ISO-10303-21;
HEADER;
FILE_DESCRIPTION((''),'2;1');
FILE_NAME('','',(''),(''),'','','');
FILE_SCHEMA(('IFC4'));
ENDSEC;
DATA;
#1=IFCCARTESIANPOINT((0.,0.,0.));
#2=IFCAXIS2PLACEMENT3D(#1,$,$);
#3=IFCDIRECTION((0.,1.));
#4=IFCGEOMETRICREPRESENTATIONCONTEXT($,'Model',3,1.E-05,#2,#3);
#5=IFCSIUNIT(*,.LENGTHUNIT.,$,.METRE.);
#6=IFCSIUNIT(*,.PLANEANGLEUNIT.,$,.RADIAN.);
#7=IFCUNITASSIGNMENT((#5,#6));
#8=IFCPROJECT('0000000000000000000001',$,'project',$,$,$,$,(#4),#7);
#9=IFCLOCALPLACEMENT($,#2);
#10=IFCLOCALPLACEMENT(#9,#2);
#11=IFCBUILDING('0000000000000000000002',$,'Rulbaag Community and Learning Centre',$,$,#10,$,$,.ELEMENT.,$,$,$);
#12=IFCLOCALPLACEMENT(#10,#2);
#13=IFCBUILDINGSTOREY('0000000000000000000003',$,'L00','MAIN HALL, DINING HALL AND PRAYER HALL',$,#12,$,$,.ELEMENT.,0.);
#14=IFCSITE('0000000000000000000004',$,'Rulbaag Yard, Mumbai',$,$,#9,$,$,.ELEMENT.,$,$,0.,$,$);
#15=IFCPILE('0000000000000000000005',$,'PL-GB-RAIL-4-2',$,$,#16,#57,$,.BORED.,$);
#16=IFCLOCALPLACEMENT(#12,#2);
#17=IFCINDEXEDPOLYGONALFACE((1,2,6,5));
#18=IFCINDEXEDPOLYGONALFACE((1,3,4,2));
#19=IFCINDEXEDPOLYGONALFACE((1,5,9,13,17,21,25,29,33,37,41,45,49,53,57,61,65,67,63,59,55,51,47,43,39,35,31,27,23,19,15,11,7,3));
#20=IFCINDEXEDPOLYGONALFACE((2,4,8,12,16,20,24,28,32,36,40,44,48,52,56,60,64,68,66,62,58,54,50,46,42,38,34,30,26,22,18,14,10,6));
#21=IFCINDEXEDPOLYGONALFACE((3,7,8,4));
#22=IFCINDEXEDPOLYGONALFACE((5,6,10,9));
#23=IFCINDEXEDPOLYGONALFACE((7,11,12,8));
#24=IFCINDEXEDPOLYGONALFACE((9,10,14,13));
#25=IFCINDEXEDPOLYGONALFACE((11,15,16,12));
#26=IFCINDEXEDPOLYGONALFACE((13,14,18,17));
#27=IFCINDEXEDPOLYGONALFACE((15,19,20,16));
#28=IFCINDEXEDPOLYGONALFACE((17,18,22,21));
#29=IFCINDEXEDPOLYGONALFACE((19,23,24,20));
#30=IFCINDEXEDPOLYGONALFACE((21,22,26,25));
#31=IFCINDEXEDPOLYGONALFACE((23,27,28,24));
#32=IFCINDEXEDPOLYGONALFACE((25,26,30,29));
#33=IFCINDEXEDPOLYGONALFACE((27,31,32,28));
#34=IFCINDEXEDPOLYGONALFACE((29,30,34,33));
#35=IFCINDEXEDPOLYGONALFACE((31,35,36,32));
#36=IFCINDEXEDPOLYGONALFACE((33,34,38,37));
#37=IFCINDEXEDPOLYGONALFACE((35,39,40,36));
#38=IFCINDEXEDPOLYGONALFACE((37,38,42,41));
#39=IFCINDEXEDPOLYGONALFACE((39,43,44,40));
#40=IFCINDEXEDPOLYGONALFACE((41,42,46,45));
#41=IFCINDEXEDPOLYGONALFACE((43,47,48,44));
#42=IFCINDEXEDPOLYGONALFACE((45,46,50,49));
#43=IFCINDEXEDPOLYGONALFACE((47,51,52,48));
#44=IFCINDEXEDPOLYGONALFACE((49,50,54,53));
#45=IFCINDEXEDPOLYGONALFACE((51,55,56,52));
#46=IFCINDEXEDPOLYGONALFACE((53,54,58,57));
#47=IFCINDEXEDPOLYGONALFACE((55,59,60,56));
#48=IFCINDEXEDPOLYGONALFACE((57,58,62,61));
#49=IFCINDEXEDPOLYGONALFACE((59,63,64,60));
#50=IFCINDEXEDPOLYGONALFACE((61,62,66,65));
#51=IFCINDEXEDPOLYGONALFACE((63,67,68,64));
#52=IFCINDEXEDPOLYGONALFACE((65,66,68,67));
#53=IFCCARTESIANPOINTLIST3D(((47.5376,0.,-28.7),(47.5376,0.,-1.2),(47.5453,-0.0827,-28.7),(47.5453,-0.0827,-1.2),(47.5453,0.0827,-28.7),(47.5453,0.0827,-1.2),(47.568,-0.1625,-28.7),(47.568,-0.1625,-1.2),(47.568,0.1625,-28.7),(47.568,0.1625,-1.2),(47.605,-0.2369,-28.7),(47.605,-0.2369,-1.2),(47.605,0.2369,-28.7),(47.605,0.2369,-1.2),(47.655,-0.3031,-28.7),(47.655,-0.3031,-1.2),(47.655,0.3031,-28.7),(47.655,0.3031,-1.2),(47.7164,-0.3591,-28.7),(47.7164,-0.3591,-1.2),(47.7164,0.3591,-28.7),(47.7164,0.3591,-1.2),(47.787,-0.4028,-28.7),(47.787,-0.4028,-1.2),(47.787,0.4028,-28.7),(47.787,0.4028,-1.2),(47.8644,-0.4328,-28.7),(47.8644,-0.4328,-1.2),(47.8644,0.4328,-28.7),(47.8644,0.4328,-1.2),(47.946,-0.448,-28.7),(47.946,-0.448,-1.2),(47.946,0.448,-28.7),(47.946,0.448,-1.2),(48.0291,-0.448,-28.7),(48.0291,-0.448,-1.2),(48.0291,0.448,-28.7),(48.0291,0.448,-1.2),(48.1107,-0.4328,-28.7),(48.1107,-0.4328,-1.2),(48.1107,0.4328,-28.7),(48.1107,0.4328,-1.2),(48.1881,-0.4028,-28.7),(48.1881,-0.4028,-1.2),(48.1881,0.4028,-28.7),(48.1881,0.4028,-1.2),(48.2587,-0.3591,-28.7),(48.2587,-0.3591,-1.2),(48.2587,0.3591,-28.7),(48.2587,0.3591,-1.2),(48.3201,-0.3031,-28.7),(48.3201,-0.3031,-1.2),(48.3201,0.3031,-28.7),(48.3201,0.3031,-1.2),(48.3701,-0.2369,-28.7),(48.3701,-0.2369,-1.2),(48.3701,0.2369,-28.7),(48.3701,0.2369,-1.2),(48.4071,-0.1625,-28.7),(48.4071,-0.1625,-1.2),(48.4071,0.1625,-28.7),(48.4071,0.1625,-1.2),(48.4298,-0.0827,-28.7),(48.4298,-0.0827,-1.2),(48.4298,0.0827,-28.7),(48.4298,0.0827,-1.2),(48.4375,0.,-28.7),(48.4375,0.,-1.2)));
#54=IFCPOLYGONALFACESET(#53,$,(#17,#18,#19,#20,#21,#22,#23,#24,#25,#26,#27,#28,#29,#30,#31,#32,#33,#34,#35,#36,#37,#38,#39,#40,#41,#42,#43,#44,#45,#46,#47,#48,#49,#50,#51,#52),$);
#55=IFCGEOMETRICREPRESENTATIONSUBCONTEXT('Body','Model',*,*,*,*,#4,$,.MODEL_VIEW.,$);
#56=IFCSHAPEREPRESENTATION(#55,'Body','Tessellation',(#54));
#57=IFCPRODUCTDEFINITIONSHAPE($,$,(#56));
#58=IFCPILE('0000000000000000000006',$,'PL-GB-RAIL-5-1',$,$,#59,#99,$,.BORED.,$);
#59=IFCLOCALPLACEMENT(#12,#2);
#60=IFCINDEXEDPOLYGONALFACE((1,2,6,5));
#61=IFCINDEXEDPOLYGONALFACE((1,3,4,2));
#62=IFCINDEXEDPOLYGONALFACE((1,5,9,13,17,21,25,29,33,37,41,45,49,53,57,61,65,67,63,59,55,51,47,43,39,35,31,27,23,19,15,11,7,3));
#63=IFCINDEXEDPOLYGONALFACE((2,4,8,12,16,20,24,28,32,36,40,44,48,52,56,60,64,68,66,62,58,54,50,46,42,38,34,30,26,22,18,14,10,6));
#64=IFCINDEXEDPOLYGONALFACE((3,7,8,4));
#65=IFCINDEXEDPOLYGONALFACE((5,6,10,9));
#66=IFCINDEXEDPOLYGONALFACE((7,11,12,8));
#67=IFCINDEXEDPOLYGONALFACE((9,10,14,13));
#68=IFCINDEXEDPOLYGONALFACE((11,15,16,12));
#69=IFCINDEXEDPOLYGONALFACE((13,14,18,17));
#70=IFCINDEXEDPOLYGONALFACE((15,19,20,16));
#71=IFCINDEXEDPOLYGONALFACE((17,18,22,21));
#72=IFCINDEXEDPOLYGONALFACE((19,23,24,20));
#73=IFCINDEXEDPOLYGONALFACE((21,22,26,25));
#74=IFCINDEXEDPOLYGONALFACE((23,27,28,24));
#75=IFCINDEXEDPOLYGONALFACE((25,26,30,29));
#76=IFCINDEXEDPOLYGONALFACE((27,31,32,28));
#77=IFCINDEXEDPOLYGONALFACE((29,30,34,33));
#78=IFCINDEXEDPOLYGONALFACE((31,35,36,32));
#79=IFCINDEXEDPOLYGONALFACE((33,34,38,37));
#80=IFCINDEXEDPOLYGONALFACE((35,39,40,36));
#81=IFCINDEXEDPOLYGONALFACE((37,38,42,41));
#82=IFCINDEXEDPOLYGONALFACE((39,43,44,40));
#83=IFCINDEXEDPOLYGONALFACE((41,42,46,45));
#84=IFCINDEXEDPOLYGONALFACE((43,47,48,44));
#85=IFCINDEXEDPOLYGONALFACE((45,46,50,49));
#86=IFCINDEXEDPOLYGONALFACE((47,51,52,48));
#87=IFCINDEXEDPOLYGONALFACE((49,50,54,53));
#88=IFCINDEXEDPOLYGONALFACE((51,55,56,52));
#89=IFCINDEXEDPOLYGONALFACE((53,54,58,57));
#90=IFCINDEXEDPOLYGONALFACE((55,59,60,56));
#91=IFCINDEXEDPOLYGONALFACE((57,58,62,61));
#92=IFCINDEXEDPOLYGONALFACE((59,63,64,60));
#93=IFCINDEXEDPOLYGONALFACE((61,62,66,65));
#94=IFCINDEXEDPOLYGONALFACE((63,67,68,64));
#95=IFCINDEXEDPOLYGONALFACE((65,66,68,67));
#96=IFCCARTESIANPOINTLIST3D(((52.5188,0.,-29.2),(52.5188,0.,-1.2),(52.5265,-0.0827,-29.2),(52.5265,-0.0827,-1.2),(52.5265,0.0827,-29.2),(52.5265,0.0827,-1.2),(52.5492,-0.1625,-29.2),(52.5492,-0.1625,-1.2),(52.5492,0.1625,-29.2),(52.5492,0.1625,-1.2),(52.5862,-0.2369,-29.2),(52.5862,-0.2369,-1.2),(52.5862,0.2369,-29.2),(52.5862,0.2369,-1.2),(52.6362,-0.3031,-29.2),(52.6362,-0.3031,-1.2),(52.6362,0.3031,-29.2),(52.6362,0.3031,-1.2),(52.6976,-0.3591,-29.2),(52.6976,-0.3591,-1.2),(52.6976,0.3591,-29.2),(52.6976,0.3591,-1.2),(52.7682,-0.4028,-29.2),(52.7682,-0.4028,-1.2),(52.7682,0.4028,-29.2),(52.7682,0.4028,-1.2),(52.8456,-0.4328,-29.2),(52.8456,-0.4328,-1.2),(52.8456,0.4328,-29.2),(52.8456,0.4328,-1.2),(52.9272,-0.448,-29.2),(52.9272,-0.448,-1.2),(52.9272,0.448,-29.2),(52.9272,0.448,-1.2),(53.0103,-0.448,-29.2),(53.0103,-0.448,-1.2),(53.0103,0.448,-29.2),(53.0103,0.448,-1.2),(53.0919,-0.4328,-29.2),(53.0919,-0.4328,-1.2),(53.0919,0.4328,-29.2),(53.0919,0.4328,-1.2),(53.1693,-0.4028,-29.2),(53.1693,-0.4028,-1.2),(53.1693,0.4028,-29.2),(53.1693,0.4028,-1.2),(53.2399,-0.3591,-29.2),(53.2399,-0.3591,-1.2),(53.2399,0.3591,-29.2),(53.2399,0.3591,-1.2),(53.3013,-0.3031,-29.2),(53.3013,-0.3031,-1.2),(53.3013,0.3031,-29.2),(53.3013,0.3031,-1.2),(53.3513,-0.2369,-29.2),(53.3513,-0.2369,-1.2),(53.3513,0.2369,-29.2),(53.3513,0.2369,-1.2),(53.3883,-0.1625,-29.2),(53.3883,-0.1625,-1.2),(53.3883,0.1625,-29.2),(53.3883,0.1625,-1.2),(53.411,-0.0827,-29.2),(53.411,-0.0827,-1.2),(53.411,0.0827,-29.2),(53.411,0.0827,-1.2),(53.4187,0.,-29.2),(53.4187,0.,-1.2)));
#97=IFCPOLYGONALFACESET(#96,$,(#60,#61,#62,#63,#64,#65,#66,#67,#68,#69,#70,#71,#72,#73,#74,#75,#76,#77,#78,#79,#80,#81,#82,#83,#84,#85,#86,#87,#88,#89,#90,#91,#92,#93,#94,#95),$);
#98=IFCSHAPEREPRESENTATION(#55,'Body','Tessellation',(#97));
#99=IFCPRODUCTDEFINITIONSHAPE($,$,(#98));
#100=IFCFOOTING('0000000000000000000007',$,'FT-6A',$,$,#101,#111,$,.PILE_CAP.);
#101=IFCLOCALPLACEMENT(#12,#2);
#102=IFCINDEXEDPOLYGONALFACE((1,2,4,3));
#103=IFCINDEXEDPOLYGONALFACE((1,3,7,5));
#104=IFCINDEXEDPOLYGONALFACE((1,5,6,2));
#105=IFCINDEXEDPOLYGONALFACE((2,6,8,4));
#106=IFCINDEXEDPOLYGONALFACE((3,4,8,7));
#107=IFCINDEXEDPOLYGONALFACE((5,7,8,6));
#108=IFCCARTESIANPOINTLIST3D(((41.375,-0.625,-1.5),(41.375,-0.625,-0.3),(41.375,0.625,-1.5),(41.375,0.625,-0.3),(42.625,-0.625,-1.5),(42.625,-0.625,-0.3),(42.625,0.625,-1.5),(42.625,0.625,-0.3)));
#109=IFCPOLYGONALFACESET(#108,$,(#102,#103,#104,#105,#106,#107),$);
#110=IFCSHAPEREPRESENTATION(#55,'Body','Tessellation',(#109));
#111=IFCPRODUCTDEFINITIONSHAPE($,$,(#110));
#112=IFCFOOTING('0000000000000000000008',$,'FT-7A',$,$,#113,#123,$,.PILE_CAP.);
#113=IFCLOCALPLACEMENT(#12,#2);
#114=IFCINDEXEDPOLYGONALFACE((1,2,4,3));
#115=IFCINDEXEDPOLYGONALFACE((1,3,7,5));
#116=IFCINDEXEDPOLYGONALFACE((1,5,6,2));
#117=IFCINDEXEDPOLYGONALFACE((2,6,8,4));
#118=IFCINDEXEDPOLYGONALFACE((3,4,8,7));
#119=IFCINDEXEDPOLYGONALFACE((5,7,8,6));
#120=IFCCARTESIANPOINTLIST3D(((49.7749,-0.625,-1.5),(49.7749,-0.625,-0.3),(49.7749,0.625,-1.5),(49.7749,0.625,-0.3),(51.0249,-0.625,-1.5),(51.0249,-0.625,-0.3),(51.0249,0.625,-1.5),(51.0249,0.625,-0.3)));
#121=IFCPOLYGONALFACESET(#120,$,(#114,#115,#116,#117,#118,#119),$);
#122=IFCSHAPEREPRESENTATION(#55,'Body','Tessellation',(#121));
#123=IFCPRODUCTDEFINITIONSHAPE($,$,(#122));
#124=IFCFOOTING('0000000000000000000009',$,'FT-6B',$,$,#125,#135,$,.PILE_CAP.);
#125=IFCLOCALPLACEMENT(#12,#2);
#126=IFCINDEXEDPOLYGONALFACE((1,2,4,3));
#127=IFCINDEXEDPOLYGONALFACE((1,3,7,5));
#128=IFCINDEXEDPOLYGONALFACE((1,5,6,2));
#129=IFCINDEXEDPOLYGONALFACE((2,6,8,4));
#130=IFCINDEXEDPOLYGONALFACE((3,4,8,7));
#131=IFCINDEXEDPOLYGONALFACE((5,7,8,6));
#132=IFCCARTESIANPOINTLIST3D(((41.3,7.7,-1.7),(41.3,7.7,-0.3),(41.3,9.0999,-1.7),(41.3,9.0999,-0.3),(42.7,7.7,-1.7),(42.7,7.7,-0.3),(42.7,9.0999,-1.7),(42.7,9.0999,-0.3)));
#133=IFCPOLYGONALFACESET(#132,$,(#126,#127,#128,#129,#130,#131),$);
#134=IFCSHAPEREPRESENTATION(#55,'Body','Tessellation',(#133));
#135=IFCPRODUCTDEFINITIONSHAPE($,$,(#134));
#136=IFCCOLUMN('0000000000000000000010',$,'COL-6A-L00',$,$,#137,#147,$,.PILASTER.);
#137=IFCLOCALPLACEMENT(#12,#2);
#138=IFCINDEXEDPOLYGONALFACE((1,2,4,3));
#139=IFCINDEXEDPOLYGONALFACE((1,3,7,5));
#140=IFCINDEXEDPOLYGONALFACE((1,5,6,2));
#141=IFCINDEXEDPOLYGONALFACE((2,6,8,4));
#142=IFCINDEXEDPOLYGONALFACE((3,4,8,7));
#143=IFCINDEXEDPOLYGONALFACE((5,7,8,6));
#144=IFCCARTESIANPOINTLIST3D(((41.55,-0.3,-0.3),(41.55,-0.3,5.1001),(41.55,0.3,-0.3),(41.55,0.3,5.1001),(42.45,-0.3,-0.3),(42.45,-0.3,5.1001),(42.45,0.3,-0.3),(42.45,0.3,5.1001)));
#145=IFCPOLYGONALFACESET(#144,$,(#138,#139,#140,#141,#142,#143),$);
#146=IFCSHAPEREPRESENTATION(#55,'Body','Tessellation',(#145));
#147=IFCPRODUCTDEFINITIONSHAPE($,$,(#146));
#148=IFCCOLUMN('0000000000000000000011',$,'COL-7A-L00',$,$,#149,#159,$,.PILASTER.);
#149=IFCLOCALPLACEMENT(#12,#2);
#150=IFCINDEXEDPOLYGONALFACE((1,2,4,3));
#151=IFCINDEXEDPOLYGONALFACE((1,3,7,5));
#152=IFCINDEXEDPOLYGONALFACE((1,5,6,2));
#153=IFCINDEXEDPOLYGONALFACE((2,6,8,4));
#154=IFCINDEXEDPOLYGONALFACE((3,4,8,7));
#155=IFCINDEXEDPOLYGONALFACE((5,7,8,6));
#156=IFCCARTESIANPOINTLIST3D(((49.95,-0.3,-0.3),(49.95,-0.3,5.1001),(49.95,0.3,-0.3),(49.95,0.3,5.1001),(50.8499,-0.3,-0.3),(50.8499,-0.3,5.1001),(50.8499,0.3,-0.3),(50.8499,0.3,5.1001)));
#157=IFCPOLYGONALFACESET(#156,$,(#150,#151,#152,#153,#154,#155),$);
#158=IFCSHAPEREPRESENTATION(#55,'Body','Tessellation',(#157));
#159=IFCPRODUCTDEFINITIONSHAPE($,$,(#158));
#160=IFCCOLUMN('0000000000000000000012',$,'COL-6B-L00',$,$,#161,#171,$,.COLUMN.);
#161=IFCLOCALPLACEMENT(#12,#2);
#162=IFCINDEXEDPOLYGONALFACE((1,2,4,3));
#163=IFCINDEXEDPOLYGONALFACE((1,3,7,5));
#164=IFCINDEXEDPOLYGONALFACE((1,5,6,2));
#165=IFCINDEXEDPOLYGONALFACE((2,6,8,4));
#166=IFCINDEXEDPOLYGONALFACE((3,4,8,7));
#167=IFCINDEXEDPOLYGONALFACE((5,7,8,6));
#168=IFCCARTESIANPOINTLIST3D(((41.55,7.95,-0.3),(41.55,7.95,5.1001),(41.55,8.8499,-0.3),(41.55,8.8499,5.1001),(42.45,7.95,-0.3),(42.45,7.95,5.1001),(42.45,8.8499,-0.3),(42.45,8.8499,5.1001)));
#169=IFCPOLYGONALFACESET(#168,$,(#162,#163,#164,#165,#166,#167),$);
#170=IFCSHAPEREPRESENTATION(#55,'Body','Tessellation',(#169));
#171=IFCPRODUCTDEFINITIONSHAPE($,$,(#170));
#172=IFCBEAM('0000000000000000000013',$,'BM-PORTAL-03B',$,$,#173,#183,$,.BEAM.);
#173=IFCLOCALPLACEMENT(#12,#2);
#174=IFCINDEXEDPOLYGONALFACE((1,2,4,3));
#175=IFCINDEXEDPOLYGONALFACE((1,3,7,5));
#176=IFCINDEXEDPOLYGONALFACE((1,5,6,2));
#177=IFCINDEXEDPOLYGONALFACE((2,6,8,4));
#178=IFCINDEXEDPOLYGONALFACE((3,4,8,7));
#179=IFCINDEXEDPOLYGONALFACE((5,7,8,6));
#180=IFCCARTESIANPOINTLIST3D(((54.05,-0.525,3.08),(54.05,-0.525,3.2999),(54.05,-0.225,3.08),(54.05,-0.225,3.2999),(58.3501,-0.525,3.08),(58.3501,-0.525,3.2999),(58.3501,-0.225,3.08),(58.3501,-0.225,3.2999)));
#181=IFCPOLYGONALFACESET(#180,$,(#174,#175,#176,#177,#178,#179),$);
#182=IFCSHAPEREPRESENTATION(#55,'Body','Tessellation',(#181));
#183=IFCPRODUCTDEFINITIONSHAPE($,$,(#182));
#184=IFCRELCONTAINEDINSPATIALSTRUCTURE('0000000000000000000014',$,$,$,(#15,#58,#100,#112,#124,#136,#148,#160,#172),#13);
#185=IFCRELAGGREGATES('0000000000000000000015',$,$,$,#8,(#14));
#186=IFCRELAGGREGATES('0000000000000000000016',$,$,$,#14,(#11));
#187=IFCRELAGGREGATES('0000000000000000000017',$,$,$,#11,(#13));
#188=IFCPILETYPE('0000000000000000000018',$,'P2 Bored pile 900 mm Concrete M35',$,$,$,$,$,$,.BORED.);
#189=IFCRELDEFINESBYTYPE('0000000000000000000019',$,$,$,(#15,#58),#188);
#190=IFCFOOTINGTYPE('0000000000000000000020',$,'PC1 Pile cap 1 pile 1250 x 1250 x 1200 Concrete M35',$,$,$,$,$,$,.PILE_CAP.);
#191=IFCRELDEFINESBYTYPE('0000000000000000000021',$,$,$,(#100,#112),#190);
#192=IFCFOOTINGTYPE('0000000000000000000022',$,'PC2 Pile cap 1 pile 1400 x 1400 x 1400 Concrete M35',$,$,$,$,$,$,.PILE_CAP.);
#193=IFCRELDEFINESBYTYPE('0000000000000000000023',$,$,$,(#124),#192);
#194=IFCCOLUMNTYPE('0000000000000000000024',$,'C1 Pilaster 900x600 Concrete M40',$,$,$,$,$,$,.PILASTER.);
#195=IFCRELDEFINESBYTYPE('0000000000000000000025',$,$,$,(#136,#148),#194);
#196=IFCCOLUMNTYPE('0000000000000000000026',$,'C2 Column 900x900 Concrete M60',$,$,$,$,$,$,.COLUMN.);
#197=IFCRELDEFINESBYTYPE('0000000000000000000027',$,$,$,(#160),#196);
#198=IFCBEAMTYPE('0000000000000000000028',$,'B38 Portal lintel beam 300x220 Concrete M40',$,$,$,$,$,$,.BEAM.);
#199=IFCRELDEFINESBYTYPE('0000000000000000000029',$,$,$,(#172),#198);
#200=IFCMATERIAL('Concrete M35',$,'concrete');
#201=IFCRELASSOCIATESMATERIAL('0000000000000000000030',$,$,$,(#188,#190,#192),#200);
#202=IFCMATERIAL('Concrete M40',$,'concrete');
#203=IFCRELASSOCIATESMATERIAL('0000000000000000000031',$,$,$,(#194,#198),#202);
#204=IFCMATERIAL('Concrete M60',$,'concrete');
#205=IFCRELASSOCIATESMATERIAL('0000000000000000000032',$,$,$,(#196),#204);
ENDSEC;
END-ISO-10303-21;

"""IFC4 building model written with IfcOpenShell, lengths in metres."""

from ifc_helpers import new_model, si_unit, direction, frame, origin, origin_2d, place, context, subcontext, project, spatial, rectangle, circle, extrude, material, material_profile, profile_set, type_object, element, save


model = new_model("IFC4")

# Units and contexts
model_context = context("Model", 3, precision=1e-05, world=origin(), true_north=direction((0.0, 1.0)))
body_context = subcontext(model_context, "Body", "Model", "MODEL_VIEW")
ifc_project = project(units=[si_unit("LENGTHUNIT", "METRE"), si_unit("PLANEANGLEUNIT", "RADIAN")], contexts=[model_context])

# Site, building, storey
site_placement = place(None, origin())
site = spatial("IfcSite", under=ifc_project, at=site_placement, Name="Rulbaag Yard, Mumbai", CompositionType="ELEMENT", RefElevation=0.0)
building_placement = place(site_placement, origin())
building = spatial("IfcBuilding", under=site, at=building_placement, Name="Rulbaag Community and Learning Centre", CompositionType="ELEMENT")
storey_placement = place(building_placement, origin())
storey = spatial("IfcBuildingStorey", under=building, at=storey_placement, Name="L00", Description="MAIN HALL, DINING HALL AND PRAYER HALL", CompositionType="ELEMENT", Elevation=0.0)

# Shared definitions
ifc_material_1 = material(Name="Concrete M35", Category="concrete")

# Piles
ifc_material_profile_1 = material_profile(ifc_material_1, circle(Radius=0.45, at=origin_2d()), Name="BP900")
ifc_profile_set_1 = profile_set([ifc_material_profile_1], Name="Concrete M35")
pile_type_1 = type_object("IfcPileType", Name="P2 Bored pile 900 mm Concrete M35", PredefinedType="BORED", material=ifc_profile_set_1)
for number, where, z_axis, x_axis, name in (
    (1, (47.9875, 0.0, -1.2), (0.0, 0.0, -1.0), (1.0, 0.0, 0.0), "PL-GB-RAIL-4-2"),
):
    element("IfcPile", number, at=place(storey_placement, frame(where, z_axis=z_axis, x_axis=x_axis)), inside=storey, type_object=pile_type_1, Name=name, PredefinedType="BORED", context=body_context, shape_type="SweptSolid", body=[
        extrude(circle(Radius=0.45, at=origin_2d()), origin(), (0.0, 0.0, 1.0), 27.5),
    ])
pile_1_placement = place(storey_placement, frame((52.9688, 0.0, -1.2), z_axis=(0.0, 0.0, -1.0), x_axis=(1.0, 0.0, 0.0)))
element("IfcPile", 2, at=pile_1_placement, inside=storey, type_object=pile_type_1, Name="PL-GB-RAIL-5-1", PredefinedType="BORED", context=body_context, shape_type="SweptSolid", body=[
    extrude(circle(Radius=0.45, at=origin_2d()), origin(), (0.0, 0.0, 1.0), 28.0),
])

# Footings
footing_type_1 = type_object("IfcFootingType", Name="PC1 Pile cap 1 pile 1250 x 1250 x 1200 Concrete M35", PredefinedType="PILE_CAP", material=ifc_material_1)
for number, where, z_axis, x_axis, name in (
    (3, (42.0, 0.0, -1.5), (0.0, 0.0, 1.0), (1.0, 0.0, 0.0), "FT-6A"),
    (4, (50.3999, 0.0, -1.5), (0.0, 0.0, 1.0), (1.0, 0.0, 0.0), "FT-7A"),
):
    element("IfcFooting", number, at=place(storey_placement, frame(where, z_axis=z_axis, x_axis=x_axis)), inside=storey, type_object=footing_type_1, Name=name, PredefinedType="PILE_CAP", context=body_context, shape_type="SweptSolid", body=[
        extrude(rectangle(XDim=1.25, YDim=1.25, at=origin_2d()), origin(), (0.0, 0.0, 1.0), 1.2),
    ])
footing_type_2 = type_object("IfcFootingType", Name="PC2 Pile cap 1 pile 1400 x 1400 x 1400 Concrete M35", PredefinedType="PILE_CAP", material=ifc_material_1)
footing_1_placement = place(storey_placement, frame((42.0, 8.3999, -1.7), z_axis=(0.0, 0.0, 1.0), x_axis=(1.0, 0.0, 0.0)))
element("IfcFooting", 5, at=footing_1_placement, inside=storey, type_object=footing_type_2, Name="FT-6B", PredefinedType="PILE_CAP", context=body_context, shape_type="SweptSolid", body=[
    extrude(rectangle(XDim=1.3999, YDim=1.3999, at=origin_2d()), origin(), (0.0, 0.0, 1.0), 1.3999),
])

# Columns
ifc_material_2 = material(Name="Concrete M40", Category="concrete")
ifc_material_profile_2 = material_profile(ifc_material_2, rectangle(XDim=0.8999, YDim=0.6001, at=origin_2d()), Name="RC900x600")
ifc_profile_set_2 = profile_set([ifc_material_profile_2], Name="Concrete M40")
column_type_1 = type_object("IfcColumnType", Name="C1 Pilaster 900x600 Concrete M40", PredefinedType="PILASTER", material=ifc_profile_set_2)
for number, where, z_axis, x_axis, name in (
    (6, (42.0, 0.0, -0.3), (0.0, 0.0, 1.0), (1.0, 0.0, 0.0), "COL-6A-L00"),
    (7, (50.3999, 0.0, -0.3), (0.0, 0.0, 1.0), (1.0, 0.0, 0.0), "COL-7A-L00"),
):
    element("IfcColumn", number, at=place(storey_placement, frame(where, z_axis=z_axis, x_axis=x_axis)), inside=storey, type_object=column_type_1, Name=name, PredefinedType="PILASTER", context=body_context, shape_type="SweptSolid", body=[
        extrude(rectangle(XDim=0.8999, YDim=0.6001, at=origin_2d()), origin(), (0.0, 0.0, 1.0), 5.4001),
    ])
ifc_material_3 = material(Name="Concrete M60", Category="concrete")
ifc_material_profile_3 = material_profile(ifc_material_3, rectangle(XDim=0.8999, YDim=0.8999, at=origin_2d()), Name="RC900x900")
ifc_profile_set_3 = profile_set([ifc_material_profile_3], Name="Concrete M60")
column_type_2 = type_object("IfcColumnType", Name="C2 Column 900x900 Concrete M60", PredefinedType="COLUMN", material=ifc_profile_set_3)
column_placement = place(storey_placement, frame((42.0, 8.3999, -0.3), z_axis=(0.0, 0.0, 1.0), x_axis=(1.0, 0.0, 0.0)))
element("IfcColumn", 8, at=column_placement, inside=storey, type_object=column_type_2, Name="COL-6B-L00", PredefinedType="COLUMN", context=body_context, shape_type="SweptSolid", body=[
    extrude(rectangle(XDim=0.8999, YDim=0.8999, at=origin_2d()), origin(), (0.0, 0.0, 1.0), 5.4001),
])

# Beam
ifc_material_profile_4 = material_profile(ifc_material_2, rectangle(XDim=0.3, YDim=0.22, at=origin_2d()), Name="RB300x220")
ifc_profile_set_4 = profile_set([ifc_material_profile_4], Name="Concrete M40")
beam_type = type_object("IfcBeamType", Name="B38 Portal lintel beam 300x220 Concrete M40", PredefinedType="BEAM", material=ifc_profile_set_4)
beam_placement = place(storey_placement, frame((54.05, -0.375, 3.1899), z_axis=(1.0, 0.0, 0.0), x_axis=(0.0, 1.0, 0.0)))
element("IfcBeam", 9, at=beam_placement, inside=storey, type_object=beam_type, Name="BM-PORTAL-03B", PredefinedType="BEAM", context=body_context, shape_type="SweptSolid", body=[
    extrude(rectangle(XDim=0.3, YDim=0.22, at=origin_2d()), origin(), (0.0, 0.0, 1.0), 4.3),
])

save(model, "model.ifc")
